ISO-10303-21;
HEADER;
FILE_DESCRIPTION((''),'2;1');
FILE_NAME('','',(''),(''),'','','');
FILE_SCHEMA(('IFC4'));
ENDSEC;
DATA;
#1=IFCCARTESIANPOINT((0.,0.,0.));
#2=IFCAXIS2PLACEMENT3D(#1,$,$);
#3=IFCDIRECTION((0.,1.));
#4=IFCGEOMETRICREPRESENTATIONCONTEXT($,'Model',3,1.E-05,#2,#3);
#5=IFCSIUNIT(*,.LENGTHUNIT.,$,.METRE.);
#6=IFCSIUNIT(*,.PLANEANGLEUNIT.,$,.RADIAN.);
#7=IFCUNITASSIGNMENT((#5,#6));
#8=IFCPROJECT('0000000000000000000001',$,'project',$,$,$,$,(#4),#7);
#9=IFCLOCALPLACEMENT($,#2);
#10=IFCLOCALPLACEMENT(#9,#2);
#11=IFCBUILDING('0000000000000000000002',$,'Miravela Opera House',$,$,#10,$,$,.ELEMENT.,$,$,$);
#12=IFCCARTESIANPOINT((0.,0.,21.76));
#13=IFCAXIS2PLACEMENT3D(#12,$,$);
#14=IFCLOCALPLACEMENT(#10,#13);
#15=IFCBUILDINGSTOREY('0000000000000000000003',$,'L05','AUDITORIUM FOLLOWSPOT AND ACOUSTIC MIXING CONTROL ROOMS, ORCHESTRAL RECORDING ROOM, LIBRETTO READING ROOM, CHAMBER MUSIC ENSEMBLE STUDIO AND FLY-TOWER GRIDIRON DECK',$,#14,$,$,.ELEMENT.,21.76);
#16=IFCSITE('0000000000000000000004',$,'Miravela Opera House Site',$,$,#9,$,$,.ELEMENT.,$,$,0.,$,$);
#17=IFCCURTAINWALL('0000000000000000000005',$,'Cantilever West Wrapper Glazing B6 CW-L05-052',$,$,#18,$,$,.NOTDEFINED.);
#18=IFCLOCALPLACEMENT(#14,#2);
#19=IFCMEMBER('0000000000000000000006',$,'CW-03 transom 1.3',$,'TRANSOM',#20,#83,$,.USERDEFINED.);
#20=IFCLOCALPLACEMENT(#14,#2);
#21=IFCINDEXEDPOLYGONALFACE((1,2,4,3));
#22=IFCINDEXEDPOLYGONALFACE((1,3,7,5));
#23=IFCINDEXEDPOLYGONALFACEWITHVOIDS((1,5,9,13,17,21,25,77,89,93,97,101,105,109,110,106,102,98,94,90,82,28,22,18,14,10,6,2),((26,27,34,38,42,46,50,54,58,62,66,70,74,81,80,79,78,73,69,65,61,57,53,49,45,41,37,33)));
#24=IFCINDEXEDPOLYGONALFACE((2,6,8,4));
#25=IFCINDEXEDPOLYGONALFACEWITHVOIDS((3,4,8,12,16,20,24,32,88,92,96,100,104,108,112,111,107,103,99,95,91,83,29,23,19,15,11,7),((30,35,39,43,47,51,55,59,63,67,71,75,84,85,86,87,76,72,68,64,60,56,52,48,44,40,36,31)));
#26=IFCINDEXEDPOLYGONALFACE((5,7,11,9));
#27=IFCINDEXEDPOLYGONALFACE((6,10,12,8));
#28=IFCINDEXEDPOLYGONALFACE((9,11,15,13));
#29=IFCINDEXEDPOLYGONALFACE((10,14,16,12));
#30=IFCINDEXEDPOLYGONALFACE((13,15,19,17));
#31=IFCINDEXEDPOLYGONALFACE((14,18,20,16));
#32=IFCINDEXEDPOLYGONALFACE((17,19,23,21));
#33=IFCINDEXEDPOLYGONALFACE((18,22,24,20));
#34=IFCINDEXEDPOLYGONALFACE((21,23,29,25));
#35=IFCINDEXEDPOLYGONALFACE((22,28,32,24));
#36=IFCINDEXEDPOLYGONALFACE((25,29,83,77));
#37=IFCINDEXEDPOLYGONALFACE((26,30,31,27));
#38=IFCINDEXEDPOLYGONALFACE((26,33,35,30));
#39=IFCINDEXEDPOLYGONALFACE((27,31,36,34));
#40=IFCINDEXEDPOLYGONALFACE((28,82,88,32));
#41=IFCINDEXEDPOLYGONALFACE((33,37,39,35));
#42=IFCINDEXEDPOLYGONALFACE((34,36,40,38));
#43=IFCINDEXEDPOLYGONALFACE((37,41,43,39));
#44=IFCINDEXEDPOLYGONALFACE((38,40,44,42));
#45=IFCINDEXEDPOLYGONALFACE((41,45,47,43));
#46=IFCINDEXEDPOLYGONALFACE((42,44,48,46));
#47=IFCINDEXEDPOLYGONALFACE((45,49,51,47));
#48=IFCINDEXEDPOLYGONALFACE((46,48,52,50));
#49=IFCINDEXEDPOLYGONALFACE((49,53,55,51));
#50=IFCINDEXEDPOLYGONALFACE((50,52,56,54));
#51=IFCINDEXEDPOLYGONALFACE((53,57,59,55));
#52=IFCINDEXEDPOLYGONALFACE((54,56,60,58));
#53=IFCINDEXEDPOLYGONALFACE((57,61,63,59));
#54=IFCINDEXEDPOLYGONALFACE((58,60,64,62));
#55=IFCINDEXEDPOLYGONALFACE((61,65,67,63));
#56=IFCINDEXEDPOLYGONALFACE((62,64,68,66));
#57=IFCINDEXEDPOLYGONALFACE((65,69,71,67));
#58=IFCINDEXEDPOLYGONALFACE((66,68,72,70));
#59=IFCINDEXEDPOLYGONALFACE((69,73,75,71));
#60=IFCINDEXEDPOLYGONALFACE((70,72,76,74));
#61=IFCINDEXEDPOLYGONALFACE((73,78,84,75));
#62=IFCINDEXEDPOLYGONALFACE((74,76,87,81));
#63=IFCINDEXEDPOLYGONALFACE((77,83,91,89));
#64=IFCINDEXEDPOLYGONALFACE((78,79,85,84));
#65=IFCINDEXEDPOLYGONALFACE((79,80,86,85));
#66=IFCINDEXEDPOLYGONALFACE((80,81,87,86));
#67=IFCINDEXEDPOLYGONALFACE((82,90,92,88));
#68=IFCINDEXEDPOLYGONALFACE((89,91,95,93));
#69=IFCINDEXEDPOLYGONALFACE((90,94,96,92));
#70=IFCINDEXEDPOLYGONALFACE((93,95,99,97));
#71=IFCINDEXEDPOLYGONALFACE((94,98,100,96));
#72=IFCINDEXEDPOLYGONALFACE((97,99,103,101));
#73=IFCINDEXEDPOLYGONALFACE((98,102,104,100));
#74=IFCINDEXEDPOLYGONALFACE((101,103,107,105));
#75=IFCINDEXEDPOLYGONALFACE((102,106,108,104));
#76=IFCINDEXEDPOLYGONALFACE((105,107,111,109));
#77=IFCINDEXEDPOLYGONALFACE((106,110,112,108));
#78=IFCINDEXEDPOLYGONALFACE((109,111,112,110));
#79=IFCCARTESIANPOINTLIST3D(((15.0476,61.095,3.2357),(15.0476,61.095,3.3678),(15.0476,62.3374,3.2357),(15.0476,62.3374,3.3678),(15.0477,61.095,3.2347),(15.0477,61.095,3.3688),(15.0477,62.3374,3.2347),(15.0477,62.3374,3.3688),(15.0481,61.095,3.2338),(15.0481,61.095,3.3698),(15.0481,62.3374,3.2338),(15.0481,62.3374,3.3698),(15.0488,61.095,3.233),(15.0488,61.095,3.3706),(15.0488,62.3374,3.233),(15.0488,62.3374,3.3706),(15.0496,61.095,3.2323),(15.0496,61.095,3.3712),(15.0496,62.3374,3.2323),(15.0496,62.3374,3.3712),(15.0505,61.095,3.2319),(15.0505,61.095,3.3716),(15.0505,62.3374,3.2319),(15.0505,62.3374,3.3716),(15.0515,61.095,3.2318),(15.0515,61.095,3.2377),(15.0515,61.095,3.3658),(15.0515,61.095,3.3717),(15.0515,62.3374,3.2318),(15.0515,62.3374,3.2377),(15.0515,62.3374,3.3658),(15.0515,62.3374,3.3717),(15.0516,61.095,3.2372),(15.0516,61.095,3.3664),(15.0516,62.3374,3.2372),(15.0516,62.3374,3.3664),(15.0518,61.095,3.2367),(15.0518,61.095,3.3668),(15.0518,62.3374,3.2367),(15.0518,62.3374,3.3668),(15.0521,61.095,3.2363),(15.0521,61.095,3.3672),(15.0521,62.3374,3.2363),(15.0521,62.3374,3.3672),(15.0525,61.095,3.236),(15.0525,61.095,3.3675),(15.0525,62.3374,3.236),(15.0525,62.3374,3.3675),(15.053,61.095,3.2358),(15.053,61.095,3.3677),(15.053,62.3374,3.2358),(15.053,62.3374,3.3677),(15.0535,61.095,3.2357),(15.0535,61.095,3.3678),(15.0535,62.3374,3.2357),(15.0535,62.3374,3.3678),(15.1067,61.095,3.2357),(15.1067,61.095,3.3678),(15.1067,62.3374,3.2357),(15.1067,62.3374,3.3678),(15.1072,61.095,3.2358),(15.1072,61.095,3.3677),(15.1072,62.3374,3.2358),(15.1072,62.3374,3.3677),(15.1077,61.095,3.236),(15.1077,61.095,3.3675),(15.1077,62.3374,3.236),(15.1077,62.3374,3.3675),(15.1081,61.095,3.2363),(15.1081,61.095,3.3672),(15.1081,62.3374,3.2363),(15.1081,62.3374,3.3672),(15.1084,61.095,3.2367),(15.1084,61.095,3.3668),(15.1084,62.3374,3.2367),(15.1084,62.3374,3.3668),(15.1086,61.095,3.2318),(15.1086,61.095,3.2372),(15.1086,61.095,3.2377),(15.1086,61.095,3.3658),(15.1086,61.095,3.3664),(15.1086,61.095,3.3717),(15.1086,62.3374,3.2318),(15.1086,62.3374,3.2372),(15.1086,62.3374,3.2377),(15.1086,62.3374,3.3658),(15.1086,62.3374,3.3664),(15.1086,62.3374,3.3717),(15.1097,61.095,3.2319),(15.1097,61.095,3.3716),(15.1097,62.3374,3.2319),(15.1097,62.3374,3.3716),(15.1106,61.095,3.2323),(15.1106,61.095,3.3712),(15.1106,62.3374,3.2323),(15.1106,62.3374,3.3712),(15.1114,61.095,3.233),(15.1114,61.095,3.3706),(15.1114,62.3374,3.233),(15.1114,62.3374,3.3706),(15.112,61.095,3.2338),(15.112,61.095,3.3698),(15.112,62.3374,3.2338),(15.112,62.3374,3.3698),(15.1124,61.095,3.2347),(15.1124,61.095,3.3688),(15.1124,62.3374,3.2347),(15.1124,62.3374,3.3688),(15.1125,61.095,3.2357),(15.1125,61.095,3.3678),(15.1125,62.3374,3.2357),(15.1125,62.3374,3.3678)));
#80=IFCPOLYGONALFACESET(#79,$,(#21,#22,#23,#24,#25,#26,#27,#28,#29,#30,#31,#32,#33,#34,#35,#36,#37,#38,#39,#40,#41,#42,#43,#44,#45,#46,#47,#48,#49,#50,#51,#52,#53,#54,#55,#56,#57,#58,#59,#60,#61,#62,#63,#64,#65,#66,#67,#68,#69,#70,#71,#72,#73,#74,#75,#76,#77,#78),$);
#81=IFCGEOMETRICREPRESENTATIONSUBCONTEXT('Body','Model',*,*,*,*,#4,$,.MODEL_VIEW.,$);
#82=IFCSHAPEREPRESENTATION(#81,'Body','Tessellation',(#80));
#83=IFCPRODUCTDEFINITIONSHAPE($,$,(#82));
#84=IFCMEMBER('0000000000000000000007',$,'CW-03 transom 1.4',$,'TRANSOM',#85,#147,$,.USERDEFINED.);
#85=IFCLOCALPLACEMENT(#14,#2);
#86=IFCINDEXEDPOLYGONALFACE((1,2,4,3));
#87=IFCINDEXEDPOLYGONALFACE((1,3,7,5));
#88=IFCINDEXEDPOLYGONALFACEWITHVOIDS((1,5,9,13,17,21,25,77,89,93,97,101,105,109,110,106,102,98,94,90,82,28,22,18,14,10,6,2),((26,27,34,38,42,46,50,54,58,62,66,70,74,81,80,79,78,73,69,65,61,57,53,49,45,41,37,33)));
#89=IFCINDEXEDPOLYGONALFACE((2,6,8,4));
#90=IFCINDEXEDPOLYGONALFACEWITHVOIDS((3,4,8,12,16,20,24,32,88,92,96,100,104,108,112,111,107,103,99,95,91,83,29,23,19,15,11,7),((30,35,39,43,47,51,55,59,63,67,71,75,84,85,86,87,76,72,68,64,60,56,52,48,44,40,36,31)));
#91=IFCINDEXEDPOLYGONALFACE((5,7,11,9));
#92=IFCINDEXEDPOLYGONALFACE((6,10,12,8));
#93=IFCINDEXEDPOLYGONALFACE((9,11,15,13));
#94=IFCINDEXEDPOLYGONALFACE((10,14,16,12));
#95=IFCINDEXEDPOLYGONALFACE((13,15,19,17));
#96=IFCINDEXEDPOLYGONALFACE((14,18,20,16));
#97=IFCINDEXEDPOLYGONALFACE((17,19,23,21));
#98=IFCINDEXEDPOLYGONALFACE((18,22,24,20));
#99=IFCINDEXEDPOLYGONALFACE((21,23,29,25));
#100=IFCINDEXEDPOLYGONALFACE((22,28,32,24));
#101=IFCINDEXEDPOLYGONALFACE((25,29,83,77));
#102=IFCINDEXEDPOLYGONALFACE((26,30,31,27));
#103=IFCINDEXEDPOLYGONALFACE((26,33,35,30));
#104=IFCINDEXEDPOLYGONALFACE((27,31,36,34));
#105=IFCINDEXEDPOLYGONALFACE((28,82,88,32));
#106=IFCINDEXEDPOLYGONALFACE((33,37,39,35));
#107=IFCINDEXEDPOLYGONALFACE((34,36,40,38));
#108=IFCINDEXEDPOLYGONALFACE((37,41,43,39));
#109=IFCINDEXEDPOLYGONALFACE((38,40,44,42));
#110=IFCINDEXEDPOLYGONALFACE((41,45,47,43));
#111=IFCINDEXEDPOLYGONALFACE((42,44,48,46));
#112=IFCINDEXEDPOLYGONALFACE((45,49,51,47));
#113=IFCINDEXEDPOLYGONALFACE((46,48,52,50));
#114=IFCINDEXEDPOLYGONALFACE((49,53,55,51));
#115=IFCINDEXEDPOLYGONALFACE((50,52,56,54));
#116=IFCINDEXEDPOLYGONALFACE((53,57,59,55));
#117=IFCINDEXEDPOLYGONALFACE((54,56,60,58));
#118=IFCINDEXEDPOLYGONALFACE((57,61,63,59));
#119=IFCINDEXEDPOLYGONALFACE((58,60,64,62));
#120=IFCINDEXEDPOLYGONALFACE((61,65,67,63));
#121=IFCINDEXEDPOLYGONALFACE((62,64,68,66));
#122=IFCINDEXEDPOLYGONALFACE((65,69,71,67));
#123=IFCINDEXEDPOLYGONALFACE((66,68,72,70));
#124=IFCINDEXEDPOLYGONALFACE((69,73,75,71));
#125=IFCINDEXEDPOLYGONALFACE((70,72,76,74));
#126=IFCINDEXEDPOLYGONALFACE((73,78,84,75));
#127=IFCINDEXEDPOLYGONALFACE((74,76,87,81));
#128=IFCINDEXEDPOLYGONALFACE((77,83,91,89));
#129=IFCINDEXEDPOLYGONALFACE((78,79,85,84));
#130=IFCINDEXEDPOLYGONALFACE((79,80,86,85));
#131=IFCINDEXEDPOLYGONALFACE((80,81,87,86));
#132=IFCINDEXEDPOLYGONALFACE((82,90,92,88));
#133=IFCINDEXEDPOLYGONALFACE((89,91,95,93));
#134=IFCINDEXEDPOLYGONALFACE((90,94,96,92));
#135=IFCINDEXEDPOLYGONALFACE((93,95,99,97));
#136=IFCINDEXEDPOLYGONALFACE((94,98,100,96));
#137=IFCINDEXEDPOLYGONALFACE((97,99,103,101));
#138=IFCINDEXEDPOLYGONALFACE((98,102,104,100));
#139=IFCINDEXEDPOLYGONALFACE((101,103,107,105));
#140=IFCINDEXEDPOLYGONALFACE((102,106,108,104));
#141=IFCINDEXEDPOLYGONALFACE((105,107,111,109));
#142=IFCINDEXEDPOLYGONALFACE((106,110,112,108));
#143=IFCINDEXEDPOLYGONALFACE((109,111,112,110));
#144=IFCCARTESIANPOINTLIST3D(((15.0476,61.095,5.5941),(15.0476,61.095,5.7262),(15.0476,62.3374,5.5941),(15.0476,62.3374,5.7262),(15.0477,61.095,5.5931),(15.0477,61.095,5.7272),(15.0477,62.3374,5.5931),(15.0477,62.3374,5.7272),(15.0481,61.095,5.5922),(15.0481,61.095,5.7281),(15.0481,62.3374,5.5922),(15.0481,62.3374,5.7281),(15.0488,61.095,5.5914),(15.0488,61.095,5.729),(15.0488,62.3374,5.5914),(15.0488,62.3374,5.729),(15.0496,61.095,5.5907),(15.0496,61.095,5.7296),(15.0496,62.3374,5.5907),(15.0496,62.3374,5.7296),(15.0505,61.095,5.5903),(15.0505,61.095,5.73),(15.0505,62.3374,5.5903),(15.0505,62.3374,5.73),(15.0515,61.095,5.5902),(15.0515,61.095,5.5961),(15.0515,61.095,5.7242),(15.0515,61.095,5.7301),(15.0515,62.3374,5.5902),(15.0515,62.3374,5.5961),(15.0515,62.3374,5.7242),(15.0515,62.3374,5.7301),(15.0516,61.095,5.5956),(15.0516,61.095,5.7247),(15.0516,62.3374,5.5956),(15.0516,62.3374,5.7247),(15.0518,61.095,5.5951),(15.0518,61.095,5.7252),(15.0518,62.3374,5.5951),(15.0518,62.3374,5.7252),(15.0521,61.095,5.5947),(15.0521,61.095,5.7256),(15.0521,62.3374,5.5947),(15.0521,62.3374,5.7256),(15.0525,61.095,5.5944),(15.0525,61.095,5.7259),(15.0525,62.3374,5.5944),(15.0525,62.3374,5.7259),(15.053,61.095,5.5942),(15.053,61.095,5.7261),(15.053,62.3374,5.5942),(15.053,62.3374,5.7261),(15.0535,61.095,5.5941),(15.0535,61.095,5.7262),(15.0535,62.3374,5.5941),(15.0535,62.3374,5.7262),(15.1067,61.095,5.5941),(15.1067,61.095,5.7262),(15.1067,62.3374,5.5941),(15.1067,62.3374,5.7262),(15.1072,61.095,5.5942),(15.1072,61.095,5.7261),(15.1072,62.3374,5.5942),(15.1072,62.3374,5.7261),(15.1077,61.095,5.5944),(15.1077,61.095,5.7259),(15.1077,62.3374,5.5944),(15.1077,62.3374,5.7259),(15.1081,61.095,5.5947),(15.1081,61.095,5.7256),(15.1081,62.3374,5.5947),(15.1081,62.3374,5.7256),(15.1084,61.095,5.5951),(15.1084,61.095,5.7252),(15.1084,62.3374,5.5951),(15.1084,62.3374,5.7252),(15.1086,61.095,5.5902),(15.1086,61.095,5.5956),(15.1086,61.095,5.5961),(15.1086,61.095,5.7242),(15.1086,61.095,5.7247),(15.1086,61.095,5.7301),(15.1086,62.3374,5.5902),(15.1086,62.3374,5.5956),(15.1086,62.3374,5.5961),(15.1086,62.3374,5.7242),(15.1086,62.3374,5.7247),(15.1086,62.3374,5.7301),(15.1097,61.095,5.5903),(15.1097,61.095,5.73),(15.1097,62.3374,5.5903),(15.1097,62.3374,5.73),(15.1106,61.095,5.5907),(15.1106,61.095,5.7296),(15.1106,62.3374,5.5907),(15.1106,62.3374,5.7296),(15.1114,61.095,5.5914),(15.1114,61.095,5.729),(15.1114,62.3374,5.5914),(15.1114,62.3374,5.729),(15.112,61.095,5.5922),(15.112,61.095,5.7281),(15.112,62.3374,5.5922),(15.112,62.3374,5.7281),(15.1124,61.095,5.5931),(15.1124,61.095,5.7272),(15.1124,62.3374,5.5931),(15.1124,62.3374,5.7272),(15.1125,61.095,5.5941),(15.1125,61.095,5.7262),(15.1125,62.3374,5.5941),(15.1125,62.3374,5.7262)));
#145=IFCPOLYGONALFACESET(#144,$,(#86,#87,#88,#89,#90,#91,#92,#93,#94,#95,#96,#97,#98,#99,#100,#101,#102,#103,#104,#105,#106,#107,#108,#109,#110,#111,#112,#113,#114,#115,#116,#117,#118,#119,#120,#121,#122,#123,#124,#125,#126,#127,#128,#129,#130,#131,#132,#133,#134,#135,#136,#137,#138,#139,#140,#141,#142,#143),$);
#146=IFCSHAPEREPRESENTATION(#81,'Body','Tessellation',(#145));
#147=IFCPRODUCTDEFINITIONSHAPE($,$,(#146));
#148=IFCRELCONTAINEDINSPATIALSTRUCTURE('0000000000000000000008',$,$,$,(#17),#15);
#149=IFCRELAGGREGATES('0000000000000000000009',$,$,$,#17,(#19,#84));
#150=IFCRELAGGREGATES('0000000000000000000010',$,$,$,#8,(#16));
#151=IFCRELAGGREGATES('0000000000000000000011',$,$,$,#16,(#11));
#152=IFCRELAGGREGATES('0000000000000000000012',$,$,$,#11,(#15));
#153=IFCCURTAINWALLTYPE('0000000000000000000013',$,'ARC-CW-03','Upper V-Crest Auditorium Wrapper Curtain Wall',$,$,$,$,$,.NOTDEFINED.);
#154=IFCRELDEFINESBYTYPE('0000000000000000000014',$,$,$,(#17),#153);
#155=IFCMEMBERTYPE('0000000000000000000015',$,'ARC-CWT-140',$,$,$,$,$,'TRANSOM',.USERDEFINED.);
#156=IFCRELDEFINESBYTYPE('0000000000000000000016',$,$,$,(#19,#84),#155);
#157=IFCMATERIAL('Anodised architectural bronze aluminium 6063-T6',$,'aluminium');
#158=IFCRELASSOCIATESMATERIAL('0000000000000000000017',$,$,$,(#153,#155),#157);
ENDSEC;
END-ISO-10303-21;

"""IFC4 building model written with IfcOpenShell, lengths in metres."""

from ifc_helpers import new_model, si_unit, direction, frame, origin, origin_2d, place, context, subcontext, project, spatial, hollow_rectangle, extrude, material, material_profile, profile_set, type_object, element, aggregate, save


model = new_model("IFC4")

# Units and contexts
model_context = context("Model", 3, precision=1e-05, world=origin(), true_north=direction((0.0, 1.0)))
body_context = subcontext(model_context, "Body", "Model", "MODEL_VIEW")
ifc_project = project(units=[si_unit("LENGTHUNIT", "METRE"), si_unit("PLANEANGLEUNIT", "RADIAN")], contexts=[model_context])

# Site, building, storey
site_placement = place(None, origin())
site = spatial("IfcSite", under=ifc_project, at=site_placement, Name="Miravela Opera House Site", CompositionType="ELEMENT", RefElevation=0.0)
building_placement = place(site_placement, origin())
building = spatial("IfcBuilding", under=site, at=building_placement, Name="Miravela Opera House", CompositionType="ELEMENT")
storey_placement = place(building_placement, frame((0.0, 0.0, 21.76)))
storey = spatial("IfcBuildingStorey", under=building, at=storey_placement, Name="L05", Description="AUDITORIUM FOLLOWSPOT AND ACOUSTIC MIXING CONTROL ROOMS, ORCHESTRAL RECORDING ROOM, LIBRETTO READING ROOM, CHAMBER MUSIC ENSEMBLE STUDIO AND FLY-TOWER GRIDIRON DECK", CompositionType="ELEMENT", Elevation=21.76)

# Curtain wall, members
ifc_material_1 = material(Name="Anodised architectural bronze aluminium 6063-T6", Category="aluminium")
curtain_wall_type = type_object("IfcCurtainWallType", Name="ARC-CW-03", Description="Upper V-Crest Auditorium Wrapper Curtain Wall", PredefinedType="NOTDEFINED", material=ifc_material_1)
curtain_wall_1_placement = place(storey_placement, origin())
curtain_wall_1 = element("IfcCurtainWall", 1, at=curtain_wall_1_placement, inside=storey, type_object=curtain_wall_type, Name="Cantilever West Wrapper Glazing B6 CW-L05-052", PredefinedType="NOTDEFINED")
ifc_material_profile_1 = material_profile(ifc_material_1, hollow_rectangle(XDim=0.0649, YDim=0.1399, WallThickness=0.0039, InnerFilletRadius=0.002, OuterFilletRadius=0.0039, at=origin_2d()), Name="CWT-65X140")
ifc_profile_set_1 = profile_set([ifc_material_profile_1])
member_type_1 = type_object("IfcMemberType", Name="ARC-CWT-140", ElementType="TRANSOM", PredefinedType="USERDEFINED", material=ifc_profile_set_1)
member_1_placement = place(storey_placement, frame((15.0801, 61.095, 3.3018), z_axis=(0.0, 1.0, 0.0), x_axis=(-1.0, 0.0, 0.0)))
member_1 = element("IfcMember", 2, at=member_1_placement, type_object=member_type_1, Name="CW-03 transom 1.3", ObjectType="TRANSOM", PredefinedType="USERDEFINED", context=body_context, shape_type="SweptSolid", body=[
    extrude(hollow_rectangle(XDim=0.0649, YDim=0.1399, WallThickness=0.0039, InnerFilletRadius=0.002, OuterFilletRadius=0.0039, at=origin_2d()), origin(), (0.0, 0.0, 1.0), 1.2424),
])
member_2_placement = place(storey_placement, frame((15.0801, 61.095, 5.6602), z_axis=(0.0, 1.0, 0.0), x_axis=(-1.0, 0.0, 0.0)))
member_2 = element("IfcMember", 3, at=member_2_placement, type_object=member_type_1, Name="CW-03 transom 1.4", ObjectType="TRANSOM", PredefinedType="USERDEFINED", context=body_context, shape_type="SweptSolid", body=[
    extrude(hollow_rectangle(XDim=0.0649, YDim=0.1399, WallThickness=0.0039, InnerFilletRadius=0.002, OuterFilletRadius=0.0039, at=origin_2d()), origin(), (0.0, 0.0, 1.0), 1.2424),
])

aggregate(curtain_wall_1, [member_1, member_2])

save(model, "model.ifc")
